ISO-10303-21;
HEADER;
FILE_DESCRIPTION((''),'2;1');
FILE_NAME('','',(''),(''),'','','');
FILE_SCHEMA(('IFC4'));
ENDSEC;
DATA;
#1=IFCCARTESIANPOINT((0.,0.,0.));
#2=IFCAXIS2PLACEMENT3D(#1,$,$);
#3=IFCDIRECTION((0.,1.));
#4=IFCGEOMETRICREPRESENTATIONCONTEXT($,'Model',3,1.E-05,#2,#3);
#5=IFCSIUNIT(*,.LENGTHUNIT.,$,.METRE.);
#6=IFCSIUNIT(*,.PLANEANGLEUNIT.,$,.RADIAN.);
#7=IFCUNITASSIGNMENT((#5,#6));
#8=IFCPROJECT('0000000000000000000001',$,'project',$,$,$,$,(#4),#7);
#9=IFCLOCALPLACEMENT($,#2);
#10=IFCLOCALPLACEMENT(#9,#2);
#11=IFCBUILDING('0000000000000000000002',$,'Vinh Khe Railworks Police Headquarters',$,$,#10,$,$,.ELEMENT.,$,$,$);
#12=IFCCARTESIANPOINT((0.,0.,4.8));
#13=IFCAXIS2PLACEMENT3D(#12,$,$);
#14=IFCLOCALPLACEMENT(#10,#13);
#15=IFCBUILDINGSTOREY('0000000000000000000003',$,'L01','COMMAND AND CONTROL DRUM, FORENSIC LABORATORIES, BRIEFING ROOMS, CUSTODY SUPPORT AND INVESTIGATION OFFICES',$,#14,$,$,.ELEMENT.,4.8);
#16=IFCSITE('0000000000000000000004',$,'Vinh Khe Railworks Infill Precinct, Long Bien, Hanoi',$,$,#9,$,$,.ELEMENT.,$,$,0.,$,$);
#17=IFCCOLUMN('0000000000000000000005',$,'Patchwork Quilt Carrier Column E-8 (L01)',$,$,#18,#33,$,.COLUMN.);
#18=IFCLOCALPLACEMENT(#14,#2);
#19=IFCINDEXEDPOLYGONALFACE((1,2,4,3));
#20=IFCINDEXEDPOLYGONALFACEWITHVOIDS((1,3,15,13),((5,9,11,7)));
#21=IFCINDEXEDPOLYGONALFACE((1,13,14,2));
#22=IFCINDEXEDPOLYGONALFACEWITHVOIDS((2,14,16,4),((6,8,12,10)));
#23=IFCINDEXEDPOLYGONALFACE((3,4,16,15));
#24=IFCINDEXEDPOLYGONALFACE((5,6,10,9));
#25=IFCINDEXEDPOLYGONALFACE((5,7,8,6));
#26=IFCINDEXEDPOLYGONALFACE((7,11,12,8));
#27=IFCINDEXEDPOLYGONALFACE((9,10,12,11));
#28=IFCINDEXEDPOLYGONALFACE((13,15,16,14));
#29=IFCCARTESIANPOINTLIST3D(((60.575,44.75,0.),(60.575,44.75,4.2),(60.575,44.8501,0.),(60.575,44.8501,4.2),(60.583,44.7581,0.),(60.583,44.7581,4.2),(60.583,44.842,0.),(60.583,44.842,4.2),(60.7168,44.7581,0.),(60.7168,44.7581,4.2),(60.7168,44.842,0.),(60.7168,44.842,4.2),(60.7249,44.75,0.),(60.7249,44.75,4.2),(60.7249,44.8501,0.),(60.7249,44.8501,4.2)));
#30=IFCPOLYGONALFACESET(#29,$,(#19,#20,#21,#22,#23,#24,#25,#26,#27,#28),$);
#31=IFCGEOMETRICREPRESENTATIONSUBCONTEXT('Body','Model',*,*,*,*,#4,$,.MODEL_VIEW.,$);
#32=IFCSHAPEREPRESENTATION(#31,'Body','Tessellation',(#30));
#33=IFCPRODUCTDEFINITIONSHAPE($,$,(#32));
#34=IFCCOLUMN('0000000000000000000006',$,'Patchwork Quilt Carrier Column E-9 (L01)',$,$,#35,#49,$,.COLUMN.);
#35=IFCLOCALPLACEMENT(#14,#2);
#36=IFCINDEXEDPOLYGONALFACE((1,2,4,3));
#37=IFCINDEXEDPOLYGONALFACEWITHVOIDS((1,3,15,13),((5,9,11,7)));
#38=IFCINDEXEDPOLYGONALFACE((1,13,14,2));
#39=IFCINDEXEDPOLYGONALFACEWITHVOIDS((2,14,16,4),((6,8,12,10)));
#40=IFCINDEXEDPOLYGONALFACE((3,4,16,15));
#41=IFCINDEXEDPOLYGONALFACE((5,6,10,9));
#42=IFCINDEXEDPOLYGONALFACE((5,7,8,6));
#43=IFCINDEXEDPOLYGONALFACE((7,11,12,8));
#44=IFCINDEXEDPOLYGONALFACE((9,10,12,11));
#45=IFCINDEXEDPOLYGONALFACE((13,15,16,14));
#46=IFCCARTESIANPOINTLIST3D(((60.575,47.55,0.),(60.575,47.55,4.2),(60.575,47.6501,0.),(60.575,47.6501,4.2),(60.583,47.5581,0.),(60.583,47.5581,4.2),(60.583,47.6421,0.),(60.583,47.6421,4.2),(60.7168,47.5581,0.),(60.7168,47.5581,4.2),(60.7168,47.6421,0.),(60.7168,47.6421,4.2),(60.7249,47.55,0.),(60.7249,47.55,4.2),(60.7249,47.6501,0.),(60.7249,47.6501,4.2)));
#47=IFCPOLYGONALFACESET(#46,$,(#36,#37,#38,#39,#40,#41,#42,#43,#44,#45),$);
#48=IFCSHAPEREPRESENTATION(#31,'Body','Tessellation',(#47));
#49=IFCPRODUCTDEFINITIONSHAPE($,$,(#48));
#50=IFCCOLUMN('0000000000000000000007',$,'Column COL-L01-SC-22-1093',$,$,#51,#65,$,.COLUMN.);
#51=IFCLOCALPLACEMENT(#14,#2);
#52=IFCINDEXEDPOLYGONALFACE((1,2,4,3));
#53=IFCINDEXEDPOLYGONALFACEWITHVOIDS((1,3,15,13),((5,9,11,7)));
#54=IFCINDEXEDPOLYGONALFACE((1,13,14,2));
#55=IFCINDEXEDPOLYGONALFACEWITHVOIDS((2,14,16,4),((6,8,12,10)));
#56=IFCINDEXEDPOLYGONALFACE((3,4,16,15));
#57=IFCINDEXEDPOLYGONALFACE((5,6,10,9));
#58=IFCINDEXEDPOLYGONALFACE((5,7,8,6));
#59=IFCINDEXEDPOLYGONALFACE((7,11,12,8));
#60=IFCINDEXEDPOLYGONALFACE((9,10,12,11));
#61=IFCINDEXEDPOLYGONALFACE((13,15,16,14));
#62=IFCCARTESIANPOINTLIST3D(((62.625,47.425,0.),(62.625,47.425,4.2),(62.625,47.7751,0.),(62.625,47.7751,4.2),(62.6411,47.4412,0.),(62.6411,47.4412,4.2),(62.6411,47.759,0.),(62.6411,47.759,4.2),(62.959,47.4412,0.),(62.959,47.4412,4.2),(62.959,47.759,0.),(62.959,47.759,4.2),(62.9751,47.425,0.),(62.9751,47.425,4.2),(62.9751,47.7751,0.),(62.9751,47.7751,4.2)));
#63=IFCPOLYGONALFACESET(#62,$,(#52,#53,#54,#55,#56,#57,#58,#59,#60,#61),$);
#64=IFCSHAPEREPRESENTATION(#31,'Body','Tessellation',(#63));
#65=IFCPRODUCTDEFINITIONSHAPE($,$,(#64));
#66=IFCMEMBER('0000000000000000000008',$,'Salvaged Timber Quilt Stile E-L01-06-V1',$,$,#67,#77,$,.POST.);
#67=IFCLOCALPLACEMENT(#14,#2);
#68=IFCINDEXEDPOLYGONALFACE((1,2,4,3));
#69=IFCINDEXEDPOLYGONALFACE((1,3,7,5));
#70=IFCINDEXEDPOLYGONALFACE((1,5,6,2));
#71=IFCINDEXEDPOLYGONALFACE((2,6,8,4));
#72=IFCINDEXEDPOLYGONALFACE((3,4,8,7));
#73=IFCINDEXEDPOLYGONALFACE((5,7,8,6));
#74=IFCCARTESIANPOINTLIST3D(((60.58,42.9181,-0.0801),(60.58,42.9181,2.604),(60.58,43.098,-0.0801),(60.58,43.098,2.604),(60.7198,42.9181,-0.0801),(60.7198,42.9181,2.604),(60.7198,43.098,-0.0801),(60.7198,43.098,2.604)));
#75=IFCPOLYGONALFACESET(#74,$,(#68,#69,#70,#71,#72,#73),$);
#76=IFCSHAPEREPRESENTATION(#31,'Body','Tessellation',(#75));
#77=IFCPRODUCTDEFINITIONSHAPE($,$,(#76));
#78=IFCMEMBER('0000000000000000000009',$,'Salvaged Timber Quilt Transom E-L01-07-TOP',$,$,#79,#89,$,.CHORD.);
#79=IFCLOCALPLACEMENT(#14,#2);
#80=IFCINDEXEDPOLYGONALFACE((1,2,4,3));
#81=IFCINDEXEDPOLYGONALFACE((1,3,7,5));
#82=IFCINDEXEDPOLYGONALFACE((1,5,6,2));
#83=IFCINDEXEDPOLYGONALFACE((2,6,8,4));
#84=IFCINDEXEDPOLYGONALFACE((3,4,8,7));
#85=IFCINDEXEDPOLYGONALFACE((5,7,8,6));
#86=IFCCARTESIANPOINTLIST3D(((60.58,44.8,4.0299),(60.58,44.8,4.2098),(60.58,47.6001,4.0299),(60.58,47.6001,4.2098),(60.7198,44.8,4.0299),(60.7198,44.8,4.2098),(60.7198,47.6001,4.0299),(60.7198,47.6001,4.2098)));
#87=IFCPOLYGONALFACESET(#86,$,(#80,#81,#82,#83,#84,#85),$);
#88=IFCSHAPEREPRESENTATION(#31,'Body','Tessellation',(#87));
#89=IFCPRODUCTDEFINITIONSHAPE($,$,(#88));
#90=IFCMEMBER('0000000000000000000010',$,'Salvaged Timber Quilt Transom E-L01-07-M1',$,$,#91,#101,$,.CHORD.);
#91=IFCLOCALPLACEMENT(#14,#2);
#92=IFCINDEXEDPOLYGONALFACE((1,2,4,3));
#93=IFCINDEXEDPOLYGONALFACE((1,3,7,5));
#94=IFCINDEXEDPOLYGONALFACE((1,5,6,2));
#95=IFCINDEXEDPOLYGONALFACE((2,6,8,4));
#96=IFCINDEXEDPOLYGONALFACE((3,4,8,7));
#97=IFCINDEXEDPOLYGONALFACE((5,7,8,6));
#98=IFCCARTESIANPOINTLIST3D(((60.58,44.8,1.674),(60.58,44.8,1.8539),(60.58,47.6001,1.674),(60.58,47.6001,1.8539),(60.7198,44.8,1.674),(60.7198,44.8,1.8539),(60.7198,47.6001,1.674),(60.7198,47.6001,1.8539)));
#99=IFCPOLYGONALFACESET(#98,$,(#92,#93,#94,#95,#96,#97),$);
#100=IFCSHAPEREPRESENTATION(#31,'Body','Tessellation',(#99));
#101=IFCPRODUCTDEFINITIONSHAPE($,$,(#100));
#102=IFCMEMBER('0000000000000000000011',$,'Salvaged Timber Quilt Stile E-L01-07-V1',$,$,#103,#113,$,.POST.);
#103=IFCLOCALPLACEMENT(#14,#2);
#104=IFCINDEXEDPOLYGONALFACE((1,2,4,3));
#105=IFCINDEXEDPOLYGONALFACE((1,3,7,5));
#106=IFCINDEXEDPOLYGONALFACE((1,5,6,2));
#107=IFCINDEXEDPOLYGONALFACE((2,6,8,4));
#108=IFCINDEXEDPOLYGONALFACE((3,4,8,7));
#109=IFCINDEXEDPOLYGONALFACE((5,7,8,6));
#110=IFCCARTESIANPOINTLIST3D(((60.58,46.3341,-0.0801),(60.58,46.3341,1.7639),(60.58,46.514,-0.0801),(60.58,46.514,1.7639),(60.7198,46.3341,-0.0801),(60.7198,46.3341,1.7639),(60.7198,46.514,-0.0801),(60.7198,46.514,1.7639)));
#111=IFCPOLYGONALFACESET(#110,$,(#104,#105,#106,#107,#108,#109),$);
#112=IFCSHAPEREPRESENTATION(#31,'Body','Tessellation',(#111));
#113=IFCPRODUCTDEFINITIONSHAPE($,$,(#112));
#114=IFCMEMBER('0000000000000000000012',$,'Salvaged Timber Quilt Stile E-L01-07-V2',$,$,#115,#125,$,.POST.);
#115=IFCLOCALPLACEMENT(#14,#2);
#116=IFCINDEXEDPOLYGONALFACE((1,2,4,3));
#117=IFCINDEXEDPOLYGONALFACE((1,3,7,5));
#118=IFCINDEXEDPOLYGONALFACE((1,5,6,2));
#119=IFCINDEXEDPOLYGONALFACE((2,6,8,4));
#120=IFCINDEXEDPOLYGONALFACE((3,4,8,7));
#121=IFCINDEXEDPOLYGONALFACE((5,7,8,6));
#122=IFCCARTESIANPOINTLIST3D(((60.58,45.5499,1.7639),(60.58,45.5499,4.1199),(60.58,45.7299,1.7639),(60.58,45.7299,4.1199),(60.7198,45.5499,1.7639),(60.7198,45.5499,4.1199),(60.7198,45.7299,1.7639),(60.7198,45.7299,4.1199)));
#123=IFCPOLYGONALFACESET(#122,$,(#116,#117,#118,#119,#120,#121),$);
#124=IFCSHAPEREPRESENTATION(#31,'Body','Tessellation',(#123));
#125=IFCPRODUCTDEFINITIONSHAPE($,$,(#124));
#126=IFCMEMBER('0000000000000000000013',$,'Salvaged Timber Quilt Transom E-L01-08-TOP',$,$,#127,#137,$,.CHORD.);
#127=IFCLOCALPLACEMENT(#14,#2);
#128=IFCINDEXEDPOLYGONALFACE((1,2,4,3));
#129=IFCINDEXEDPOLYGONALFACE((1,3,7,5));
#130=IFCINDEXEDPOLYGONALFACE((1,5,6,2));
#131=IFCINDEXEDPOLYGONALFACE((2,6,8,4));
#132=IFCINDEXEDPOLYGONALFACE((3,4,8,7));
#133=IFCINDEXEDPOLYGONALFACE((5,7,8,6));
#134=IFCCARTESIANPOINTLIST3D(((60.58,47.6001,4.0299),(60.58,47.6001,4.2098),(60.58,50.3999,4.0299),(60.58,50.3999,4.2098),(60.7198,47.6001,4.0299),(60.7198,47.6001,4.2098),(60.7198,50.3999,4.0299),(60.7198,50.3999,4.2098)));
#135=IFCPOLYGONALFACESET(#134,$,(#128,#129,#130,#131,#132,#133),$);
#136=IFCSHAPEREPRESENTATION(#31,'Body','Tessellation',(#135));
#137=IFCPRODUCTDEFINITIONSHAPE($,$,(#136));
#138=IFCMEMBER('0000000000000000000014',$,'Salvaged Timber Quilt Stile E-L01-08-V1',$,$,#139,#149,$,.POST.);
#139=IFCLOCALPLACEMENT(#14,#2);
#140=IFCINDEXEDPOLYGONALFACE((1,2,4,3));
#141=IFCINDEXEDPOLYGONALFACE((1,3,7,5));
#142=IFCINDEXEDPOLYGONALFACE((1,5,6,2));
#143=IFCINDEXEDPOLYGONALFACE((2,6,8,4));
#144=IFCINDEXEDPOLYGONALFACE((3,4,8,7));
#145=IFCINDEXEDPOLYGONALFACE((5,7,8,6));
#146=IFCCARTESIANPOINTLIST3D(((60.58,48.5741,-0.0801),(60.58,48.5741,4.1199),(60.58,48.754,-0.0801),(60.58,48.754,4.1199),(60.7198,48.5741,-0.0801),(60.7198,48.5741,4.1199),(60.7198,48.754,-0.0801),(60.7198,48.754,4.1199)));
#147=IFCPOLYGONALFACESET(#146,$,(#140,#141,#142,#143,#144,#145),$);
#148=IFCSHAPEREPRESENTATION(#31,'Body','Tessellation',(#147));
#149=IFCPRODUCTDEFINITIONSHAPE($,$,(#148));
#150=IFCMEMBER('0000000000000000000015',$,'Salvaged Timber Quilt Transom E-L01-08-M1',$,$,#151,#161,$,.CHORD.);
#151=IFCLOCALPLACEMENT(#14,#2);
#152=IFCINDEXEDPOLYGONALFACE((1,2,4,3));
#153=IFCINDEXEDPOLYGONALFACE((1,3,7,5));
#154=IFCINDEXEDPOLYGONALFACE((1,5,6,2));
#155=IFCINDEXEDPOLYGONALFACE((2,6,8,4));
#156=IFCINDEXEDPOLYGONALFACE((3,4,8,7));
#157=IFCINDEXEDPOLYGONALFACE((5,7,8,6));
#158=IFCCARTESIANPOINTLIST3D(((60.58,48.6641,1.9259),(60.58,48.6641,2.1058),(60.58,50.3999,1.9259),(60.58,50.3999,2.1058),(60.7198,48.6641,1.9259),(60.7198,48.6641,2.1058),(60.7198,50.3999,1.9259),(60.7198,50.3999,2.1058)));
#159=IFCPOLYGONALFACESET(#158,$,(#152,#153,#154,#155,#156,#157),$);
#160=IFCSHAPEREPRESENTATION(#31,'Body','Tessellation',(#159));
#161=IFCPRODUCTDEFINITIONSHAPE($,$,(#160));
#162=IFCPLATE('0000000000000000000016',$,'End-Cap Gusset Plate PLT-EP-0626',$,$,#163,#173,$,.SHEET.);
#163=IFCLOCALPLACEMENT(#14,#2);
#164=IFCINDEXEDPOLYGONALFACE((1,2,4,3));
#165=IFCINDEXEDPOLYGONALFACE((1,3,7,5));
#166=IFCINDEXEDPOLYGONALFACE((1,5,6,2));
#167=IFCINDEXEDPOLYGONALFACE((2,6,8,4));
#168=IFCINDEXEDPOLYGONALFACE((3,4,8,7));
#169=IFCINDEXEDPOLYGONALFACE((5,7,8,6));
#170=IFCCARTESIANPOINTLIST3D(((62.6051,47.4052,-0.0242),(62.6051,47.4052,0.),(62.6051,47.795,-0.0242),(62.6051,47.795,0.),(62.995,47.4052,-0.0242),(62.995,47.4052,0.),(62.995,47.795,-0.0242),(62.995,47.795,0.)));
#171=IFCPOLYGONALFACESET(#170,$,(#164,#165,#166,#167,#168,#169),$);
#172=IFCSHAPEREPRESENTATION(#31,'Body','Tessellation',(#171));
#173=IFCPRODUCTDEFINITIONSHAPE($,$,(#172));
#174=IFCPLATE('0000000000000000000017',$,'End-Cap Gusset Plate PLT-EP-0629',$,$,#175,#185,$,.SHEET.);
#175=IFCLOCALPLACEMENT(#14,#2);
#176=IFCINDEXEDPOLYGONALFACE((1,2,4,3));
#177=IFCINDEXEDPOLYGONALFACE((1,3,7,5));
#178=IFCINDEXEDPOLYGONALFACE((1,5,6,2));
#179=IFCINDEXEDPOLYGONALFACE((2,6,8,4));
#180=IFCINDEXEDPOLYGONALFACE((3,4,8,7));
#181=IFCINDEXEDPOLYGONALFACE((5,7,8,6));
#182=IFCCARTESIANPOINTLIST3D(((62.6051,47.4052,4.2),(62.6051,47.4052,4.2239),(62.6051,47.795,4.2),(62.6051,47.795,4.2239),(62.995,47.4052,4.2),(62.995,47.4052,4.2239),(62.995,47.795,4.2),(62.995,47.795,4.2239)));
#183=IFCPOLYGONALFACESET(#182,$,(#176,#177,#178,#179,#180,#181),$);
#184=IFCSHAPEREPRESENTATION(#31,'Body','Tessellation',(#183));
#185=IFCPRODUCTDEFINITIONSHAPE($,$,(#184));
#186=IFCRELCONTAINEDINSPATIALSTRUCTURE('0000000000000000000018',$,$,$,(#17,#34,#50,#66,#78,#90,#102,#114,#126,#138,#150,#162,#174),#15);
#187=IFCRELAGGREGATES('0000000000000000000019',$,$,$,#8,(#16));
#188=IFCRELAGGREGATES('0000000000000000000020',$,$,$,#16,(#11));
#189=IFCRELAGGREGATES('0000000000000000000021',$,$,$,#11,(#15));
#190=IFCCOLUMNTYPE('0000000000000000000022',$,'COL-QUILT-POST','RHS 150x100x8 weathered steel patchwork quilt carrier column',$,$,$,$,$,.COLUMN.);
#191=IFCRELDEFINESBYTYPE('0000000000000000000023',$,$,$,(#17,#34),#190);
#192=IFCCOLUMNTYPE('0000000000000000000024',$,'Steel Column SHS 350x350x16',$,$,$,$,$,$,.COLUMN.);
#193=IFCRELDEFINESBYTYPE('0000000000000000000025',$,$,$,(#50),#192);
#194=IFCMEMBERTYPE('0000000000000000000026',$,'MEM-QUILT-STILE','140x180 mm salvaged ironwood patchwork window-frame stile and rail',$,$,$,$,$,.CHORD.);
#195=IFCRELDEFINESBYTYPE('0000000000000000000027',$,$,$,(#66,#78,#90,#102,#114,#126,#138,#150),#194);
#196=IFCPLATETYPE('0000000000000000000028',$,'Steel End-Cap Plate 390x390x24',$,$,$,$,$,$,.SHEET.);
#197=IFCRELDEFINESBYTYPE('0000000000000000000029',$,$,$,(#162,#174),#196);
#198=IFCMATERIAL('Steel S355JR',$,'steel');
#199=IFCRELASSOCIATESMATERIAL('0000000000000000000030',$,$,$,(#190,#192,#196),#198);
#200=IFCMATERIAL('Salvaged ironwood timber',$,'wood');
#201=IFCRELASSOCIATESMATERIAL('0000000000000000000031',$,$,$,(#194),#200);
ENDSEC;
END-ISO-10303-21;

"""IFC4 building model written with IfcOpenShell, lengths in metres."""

from ifc_helpers import new_model, si_unit, direction, frame, origin, origin_2d, place, context, subcontext, project, spatial, rectangle, hollow_rectangle, extrude, material, material_profile, profile_set, type_object, element, save


model = new_model("IFC4")

# Units and contexts
model_context = context("Model", 3, precision=1e-05, world=origin(), true_north=direction((0.0, 1.0)))
body_context = subcontext(model_context, "Body", "Model", "MODEL_VIEW")
ifc_project = project(units=[si_unit("LENGTHUNIT", "METRE"), si_unit("PLANEANGLEUNIT", "RADIAN")], contexts=[model_context])

# Site, building, storey
site_placement = place(None, origin())
site = spatial("IfcSite", under=ifc_project, at=site_placement, Name="Vinh Khe Railworks Infill Precinct, Long Bien, Hanoi", CompositionType="ELEMENT", RefElevation=0.0)
building_placement = place(site_placement, origin())
building = spatial("IfcBuilding", under=site, at=building_placement, Name="Vinh Khe Railworks Police Headquarters", CompositionType="ELEMENT")
storey_placement = place(building_placement, frame((0.0, 0.0, 4.8)))
storey = spatial("IfcBuildingStorey", under=building, at=storey_placement, Name="L01", Description="COMMAND AND CONTROL DRUM, FORENSIC LABORATORIES, BRIEFING ROOMS, CUSTODY SUPPORT AND INVESTIGATION OFFICES", CompositionType="ELEMENT", Elevation=4.8)

# Columns
ifc_material_1 = material(Name="Steel S355JR", Category="steel")
ifc_material_profile_1 = material_profile(ifc_material_1, hollow_rectangle(XDim=0.1499, YDim=0.1001, WallThickness=0.0081, at=origin_2d()), Name="RHS 150x100x8")
ifc_profile_set_1 = profile_set([ifc_material_profile_1], Name="Steel S355JR")
column_type_1 = type_object("IfcColumnType", Name="COL-QUILT-POST", Description="RHS 150x100x8 weathered steel patchwork quilt carrier column", PredefinedType="COLUMN", material=ifc_profile_set_1)
for number, where, z_axis, x_axis, name in (
    (1, (60.6499, 44.8, 0.0), (0.0, 0.0, 1.0), (1.0, 0.0, 0.0), "Patchwork Quilt Carrier Column E-8 (L01)"),
    (2, (60.6499, 47.6001, 0.0), (0.0, 0.0, 1.0), (1.0, 0.0, 0.0), "Patchwork Quilt Carrier Column E-9 (L01)"),
):
    element("IfcColumn", number, at=place(storey_placement, frame(where, z_axis=z_axis, x_axis=x_axis)), inside=storey, type_object=column_type_1, Name=name, PredefinedType="COLUMN", context=body_context, shape_type="SweptSolid", body=[
        extrude(hollow_rectangle(XDim=0.1499, YDim=0.1001, WallThickness=0.0081, at=origin_2d()), origin(), (0.0, 0.0, 1.0), 4.2),
    ])
ifc_material_profile_2 = material_profile(ifc_material_1, hollow_rectangle(XDim=0.3501, YDim=0.3501, WallThickness=0.0161, at=origin_2d()), Name="SHS 350x350x16")
ifc_profile_set_2 = profile_set([ifc_material_profile_2], Name="Steel S355JR")
column_type_2 = type_object("IfcColumnType", Name="Steel Column SHS 350x350x16", PredefinedType="COLUMN", material=ifc_profile_set_2)
column_placement = place(storey_placement, frame((62.8, 47.6001, 0.0), z_axis=(0.0, 0.0, 1.0), x_axis=(1.0, 0.0, 0.0)))
element("IfcColumn", 3, at=column_placement, inside=storey, type_object=column_type_2, Name="Column COL-L01-SC-22-1093", PredefinedType="COLUMN", context=body_context, shape_type="SweptSolid", body=[
    extrude(hollow_rectangle(XDim=0.3501, YDim=0.3501, WallThickness=0.0161, at=origin_2d()), origin(), (0.0, 0.0, 1.0), 4.2),
])

# Members
ifc_material_2 = material(Name="Salvaged ironwood timber", Category="wood")
ifc_material_profile_3 = material_profile(ifc_material_2, rectangle(XDim=0.1399, YDim=0.1799, at=origin_2d()), Name="TIMBER 140x180")
ifc_profile_set_3 = profile_set([ifc_material_profile_3], Name="Salvaged ironwood timber")
member_type = type_object("IfcMemberType", Name="MEM-QUILT-STILE", Description="140x180 mm salvaged ironwood patchwork window-frame stile and rail", PredefinedType="CHORD", material=ifc_profile_set_3)
member_1_placement = place(storey_placement, frame((60.6499, 43.0081, -0.0801), z_axis=(0.0, 0.0, 1.0), x_axis=(1.0, 0.0, 0.0)))
element("IfcMember", 4, at=member_1_placement, inside=storey, type_object=member_type, Name="Salvaged Timber Quilt Stile E-L01-06-V1", PredefinedType="POST", context=body_context, shape_type="SweptSolid", body=[
    extrude(rectangle(XDim=0.1399, YDim=0.1799, at=origin_2d()), origin(), (0.0, 0.0, 1.0), 2.6841),
])
for number, where, z_axis, x_axis, name in (
    (5, (60.6499, 44.8, 4.1199), (0.0, 1.0, 0.0), (-1.0, 0.0, 0.0), "Salvaged Timber Quilt Transom E-L01-07-TOP"),
    (6, (60.6499, 44.8, 1.7639), (0.0, 1.0, 0.0), (-1.0, 0.0, 0.0), "Salvaged Timber Quilt Transom E-L01-07-M1"),
):
    element("IfcMember", number, at=place(storey_placement, frame(where, z_axis=z_axis, x_axis=x_axis)), inside=storey, type_object=member_type, Name=name, PredefinedType="CHORD", context=body_context, shape_type="SweptSolid", body=[
        extrude(rectangle(XDim=0.1399, YDim=0.1799, at=origin_2d()), origin(), (0.0, 0.0, 1.0), 2.8),
    ])
member_2_placement = place(storey_placement, frame((60.6499, 46.4241, -0.0801), z_axis=(0.0, 0.0, 1.0), x_axis=(1.0, 0.0, 0.0)))
element("IfcMember", 7, at=member_2_placement, inside=storey, type_object=member_type, Name="Salvaged Timber Quilt Stile E-L01-07-V1", PredefinedType="POST", context=body_context, shape_type="SweptSolid", body=[
    extrude(rectangle(XDim=0.1399, YDim=0.1799, at=origin_2d()), origin(), (0.0, 0.0, 1.0), 1.844),
])
member_3_placement = place(storey_placement, frame((60.6499, 45.6399, 1.7639), z_axis=(0.0, 0.0, 1.0), x_axis=(1.0, 0.0, 0.0)))
element("IfcMember", 8, at=member_3_placement, inside=storey, type_object=member_type, Name="Salvaged Timber Quilt Stile E-L01-07-V2", PredefinedType="POST", context=body_context, shape_type="SweptSolid", body=[
    extrude(rectangle(XDim=0.1399, YDim=0.1799, at=origin_2d()), origin(), (0.0, 0.0, 1.0), 2.356),
])
member_4_placement = place(storey_placement, frame((60.6499, 47.6001, 4.1199), z_axis=(0.0, 1.0, 0.0), x_axis=(-1.0, 0.0, 0.0)))
element("IfcMember", 9, at=member_4_placement, inside=storey, type_object=member_type, Name="Salvaged Timber Quilt Transom E-L01-08-TOP", PredefinedType="CHORD", context=body_context, shape_type="SweptSolid", body=[
    extrude(rectangle(XDim=0.1399, YDim=0.1799, at=origin_2d()), origin(), (0.0, 0.0, 1.0), 2.7998),
])
member_5_placement = place(storey_placement, frame((60.6499, 48.6641, -0.0801), z_axis=(0.0, 0.0, 1.0), x_axis=(1.0, 0.0, 0.0)))
element("IfcMember", 10, at=member_5_placement, inside=storey, type_object=member_type, Name="Salvaged Timber Quilt Stile E-L01-08-V1", PredefinedType="POST", context=body_context, shape_type="SweptSolid", body=[
    extrude(rectangle(XDim=0.1399, YDim=0.1799, at=origin_2d()), origin(), (0.0, 0.0, 1.0), 4.2),
])
member_6_placement = place(storey_placement, frame((60.6499, 48.6641, 2.0159), z_axis=(0.0, 1.0, 0.0), x_axis=(-1.0, 0.0, 0.0)))
element("IfcMember", 11, at=member_6_placement, inside=storey, type_object=member_type, Name="Salvaged Timber Quilt Transom E-L01-08-M1", PredefinedType="CHORD", context=body_context, shape_type="SweptSolid", body=[
    extrude(rectangle(XDim=0.1399, YDim=0.1799, at=origin_2d()), origin(), (0.0, 0.0, 1.0), 1.7358),
])

# Plates
ifc_material_profile_4 = material_profile(ifc_material_1, rectangle(XDim=0.3899, YDim=0.3899, at=origin_2d()), Name="PL 390x390")
ifc_profile_set_4 = profile_set([ifc_material_profile_4], Name="Steel S355JR")
plate_type_1 = type_object("IfcPlateType", Name="Steel End-Cap Plate 390x390x24", PredefinedType="SHEET", material=ifc_profile_set_4)
plate_1_placement = place(storey_placement, frame((62.8, 47.6001, 0.0), z_axis=(0.0, 0.0, -1.0), x_axis=(1.0, 0.0, 0.0)))
element("IfcPlate", 12, at=plate_1_placement, inside=storey, type_object=plate_type_1, Name="End-Cap Gusset Plate PLT-EP-0626", PredefinedType="SHEET", context=body_context, shape_type="SweptSolid", body=[
    extrude(rectangle(XDim=0.3899, YDim=0.3899, at=origin_2d()), origin(), (0.0, 0.0, 1.0), 0.0242),
])
plate_2_placement = place(storey_placement, frame((62.8, 47.6001, 4.2), z_axis=(0.0, 0.0, 1.0), x_axis=(1.0, 0.0, 0.0)))
element("IfcPlate", 13, at=plate_2_placement, inside=storey, type_object=plate_type_1, Name="End-Cap Gusset Plate PLT-EP-0629", PredefinedType="SHEET", context=body_context, shape_type="SweptSolid", body=[
    extrude(rectangle(XDim=0.3899, YDim=0.3899, at=origin_2d()), origin(), (0.0, 0.0, 1.0), 0.0239),
])

save(model, "model.ifc")
